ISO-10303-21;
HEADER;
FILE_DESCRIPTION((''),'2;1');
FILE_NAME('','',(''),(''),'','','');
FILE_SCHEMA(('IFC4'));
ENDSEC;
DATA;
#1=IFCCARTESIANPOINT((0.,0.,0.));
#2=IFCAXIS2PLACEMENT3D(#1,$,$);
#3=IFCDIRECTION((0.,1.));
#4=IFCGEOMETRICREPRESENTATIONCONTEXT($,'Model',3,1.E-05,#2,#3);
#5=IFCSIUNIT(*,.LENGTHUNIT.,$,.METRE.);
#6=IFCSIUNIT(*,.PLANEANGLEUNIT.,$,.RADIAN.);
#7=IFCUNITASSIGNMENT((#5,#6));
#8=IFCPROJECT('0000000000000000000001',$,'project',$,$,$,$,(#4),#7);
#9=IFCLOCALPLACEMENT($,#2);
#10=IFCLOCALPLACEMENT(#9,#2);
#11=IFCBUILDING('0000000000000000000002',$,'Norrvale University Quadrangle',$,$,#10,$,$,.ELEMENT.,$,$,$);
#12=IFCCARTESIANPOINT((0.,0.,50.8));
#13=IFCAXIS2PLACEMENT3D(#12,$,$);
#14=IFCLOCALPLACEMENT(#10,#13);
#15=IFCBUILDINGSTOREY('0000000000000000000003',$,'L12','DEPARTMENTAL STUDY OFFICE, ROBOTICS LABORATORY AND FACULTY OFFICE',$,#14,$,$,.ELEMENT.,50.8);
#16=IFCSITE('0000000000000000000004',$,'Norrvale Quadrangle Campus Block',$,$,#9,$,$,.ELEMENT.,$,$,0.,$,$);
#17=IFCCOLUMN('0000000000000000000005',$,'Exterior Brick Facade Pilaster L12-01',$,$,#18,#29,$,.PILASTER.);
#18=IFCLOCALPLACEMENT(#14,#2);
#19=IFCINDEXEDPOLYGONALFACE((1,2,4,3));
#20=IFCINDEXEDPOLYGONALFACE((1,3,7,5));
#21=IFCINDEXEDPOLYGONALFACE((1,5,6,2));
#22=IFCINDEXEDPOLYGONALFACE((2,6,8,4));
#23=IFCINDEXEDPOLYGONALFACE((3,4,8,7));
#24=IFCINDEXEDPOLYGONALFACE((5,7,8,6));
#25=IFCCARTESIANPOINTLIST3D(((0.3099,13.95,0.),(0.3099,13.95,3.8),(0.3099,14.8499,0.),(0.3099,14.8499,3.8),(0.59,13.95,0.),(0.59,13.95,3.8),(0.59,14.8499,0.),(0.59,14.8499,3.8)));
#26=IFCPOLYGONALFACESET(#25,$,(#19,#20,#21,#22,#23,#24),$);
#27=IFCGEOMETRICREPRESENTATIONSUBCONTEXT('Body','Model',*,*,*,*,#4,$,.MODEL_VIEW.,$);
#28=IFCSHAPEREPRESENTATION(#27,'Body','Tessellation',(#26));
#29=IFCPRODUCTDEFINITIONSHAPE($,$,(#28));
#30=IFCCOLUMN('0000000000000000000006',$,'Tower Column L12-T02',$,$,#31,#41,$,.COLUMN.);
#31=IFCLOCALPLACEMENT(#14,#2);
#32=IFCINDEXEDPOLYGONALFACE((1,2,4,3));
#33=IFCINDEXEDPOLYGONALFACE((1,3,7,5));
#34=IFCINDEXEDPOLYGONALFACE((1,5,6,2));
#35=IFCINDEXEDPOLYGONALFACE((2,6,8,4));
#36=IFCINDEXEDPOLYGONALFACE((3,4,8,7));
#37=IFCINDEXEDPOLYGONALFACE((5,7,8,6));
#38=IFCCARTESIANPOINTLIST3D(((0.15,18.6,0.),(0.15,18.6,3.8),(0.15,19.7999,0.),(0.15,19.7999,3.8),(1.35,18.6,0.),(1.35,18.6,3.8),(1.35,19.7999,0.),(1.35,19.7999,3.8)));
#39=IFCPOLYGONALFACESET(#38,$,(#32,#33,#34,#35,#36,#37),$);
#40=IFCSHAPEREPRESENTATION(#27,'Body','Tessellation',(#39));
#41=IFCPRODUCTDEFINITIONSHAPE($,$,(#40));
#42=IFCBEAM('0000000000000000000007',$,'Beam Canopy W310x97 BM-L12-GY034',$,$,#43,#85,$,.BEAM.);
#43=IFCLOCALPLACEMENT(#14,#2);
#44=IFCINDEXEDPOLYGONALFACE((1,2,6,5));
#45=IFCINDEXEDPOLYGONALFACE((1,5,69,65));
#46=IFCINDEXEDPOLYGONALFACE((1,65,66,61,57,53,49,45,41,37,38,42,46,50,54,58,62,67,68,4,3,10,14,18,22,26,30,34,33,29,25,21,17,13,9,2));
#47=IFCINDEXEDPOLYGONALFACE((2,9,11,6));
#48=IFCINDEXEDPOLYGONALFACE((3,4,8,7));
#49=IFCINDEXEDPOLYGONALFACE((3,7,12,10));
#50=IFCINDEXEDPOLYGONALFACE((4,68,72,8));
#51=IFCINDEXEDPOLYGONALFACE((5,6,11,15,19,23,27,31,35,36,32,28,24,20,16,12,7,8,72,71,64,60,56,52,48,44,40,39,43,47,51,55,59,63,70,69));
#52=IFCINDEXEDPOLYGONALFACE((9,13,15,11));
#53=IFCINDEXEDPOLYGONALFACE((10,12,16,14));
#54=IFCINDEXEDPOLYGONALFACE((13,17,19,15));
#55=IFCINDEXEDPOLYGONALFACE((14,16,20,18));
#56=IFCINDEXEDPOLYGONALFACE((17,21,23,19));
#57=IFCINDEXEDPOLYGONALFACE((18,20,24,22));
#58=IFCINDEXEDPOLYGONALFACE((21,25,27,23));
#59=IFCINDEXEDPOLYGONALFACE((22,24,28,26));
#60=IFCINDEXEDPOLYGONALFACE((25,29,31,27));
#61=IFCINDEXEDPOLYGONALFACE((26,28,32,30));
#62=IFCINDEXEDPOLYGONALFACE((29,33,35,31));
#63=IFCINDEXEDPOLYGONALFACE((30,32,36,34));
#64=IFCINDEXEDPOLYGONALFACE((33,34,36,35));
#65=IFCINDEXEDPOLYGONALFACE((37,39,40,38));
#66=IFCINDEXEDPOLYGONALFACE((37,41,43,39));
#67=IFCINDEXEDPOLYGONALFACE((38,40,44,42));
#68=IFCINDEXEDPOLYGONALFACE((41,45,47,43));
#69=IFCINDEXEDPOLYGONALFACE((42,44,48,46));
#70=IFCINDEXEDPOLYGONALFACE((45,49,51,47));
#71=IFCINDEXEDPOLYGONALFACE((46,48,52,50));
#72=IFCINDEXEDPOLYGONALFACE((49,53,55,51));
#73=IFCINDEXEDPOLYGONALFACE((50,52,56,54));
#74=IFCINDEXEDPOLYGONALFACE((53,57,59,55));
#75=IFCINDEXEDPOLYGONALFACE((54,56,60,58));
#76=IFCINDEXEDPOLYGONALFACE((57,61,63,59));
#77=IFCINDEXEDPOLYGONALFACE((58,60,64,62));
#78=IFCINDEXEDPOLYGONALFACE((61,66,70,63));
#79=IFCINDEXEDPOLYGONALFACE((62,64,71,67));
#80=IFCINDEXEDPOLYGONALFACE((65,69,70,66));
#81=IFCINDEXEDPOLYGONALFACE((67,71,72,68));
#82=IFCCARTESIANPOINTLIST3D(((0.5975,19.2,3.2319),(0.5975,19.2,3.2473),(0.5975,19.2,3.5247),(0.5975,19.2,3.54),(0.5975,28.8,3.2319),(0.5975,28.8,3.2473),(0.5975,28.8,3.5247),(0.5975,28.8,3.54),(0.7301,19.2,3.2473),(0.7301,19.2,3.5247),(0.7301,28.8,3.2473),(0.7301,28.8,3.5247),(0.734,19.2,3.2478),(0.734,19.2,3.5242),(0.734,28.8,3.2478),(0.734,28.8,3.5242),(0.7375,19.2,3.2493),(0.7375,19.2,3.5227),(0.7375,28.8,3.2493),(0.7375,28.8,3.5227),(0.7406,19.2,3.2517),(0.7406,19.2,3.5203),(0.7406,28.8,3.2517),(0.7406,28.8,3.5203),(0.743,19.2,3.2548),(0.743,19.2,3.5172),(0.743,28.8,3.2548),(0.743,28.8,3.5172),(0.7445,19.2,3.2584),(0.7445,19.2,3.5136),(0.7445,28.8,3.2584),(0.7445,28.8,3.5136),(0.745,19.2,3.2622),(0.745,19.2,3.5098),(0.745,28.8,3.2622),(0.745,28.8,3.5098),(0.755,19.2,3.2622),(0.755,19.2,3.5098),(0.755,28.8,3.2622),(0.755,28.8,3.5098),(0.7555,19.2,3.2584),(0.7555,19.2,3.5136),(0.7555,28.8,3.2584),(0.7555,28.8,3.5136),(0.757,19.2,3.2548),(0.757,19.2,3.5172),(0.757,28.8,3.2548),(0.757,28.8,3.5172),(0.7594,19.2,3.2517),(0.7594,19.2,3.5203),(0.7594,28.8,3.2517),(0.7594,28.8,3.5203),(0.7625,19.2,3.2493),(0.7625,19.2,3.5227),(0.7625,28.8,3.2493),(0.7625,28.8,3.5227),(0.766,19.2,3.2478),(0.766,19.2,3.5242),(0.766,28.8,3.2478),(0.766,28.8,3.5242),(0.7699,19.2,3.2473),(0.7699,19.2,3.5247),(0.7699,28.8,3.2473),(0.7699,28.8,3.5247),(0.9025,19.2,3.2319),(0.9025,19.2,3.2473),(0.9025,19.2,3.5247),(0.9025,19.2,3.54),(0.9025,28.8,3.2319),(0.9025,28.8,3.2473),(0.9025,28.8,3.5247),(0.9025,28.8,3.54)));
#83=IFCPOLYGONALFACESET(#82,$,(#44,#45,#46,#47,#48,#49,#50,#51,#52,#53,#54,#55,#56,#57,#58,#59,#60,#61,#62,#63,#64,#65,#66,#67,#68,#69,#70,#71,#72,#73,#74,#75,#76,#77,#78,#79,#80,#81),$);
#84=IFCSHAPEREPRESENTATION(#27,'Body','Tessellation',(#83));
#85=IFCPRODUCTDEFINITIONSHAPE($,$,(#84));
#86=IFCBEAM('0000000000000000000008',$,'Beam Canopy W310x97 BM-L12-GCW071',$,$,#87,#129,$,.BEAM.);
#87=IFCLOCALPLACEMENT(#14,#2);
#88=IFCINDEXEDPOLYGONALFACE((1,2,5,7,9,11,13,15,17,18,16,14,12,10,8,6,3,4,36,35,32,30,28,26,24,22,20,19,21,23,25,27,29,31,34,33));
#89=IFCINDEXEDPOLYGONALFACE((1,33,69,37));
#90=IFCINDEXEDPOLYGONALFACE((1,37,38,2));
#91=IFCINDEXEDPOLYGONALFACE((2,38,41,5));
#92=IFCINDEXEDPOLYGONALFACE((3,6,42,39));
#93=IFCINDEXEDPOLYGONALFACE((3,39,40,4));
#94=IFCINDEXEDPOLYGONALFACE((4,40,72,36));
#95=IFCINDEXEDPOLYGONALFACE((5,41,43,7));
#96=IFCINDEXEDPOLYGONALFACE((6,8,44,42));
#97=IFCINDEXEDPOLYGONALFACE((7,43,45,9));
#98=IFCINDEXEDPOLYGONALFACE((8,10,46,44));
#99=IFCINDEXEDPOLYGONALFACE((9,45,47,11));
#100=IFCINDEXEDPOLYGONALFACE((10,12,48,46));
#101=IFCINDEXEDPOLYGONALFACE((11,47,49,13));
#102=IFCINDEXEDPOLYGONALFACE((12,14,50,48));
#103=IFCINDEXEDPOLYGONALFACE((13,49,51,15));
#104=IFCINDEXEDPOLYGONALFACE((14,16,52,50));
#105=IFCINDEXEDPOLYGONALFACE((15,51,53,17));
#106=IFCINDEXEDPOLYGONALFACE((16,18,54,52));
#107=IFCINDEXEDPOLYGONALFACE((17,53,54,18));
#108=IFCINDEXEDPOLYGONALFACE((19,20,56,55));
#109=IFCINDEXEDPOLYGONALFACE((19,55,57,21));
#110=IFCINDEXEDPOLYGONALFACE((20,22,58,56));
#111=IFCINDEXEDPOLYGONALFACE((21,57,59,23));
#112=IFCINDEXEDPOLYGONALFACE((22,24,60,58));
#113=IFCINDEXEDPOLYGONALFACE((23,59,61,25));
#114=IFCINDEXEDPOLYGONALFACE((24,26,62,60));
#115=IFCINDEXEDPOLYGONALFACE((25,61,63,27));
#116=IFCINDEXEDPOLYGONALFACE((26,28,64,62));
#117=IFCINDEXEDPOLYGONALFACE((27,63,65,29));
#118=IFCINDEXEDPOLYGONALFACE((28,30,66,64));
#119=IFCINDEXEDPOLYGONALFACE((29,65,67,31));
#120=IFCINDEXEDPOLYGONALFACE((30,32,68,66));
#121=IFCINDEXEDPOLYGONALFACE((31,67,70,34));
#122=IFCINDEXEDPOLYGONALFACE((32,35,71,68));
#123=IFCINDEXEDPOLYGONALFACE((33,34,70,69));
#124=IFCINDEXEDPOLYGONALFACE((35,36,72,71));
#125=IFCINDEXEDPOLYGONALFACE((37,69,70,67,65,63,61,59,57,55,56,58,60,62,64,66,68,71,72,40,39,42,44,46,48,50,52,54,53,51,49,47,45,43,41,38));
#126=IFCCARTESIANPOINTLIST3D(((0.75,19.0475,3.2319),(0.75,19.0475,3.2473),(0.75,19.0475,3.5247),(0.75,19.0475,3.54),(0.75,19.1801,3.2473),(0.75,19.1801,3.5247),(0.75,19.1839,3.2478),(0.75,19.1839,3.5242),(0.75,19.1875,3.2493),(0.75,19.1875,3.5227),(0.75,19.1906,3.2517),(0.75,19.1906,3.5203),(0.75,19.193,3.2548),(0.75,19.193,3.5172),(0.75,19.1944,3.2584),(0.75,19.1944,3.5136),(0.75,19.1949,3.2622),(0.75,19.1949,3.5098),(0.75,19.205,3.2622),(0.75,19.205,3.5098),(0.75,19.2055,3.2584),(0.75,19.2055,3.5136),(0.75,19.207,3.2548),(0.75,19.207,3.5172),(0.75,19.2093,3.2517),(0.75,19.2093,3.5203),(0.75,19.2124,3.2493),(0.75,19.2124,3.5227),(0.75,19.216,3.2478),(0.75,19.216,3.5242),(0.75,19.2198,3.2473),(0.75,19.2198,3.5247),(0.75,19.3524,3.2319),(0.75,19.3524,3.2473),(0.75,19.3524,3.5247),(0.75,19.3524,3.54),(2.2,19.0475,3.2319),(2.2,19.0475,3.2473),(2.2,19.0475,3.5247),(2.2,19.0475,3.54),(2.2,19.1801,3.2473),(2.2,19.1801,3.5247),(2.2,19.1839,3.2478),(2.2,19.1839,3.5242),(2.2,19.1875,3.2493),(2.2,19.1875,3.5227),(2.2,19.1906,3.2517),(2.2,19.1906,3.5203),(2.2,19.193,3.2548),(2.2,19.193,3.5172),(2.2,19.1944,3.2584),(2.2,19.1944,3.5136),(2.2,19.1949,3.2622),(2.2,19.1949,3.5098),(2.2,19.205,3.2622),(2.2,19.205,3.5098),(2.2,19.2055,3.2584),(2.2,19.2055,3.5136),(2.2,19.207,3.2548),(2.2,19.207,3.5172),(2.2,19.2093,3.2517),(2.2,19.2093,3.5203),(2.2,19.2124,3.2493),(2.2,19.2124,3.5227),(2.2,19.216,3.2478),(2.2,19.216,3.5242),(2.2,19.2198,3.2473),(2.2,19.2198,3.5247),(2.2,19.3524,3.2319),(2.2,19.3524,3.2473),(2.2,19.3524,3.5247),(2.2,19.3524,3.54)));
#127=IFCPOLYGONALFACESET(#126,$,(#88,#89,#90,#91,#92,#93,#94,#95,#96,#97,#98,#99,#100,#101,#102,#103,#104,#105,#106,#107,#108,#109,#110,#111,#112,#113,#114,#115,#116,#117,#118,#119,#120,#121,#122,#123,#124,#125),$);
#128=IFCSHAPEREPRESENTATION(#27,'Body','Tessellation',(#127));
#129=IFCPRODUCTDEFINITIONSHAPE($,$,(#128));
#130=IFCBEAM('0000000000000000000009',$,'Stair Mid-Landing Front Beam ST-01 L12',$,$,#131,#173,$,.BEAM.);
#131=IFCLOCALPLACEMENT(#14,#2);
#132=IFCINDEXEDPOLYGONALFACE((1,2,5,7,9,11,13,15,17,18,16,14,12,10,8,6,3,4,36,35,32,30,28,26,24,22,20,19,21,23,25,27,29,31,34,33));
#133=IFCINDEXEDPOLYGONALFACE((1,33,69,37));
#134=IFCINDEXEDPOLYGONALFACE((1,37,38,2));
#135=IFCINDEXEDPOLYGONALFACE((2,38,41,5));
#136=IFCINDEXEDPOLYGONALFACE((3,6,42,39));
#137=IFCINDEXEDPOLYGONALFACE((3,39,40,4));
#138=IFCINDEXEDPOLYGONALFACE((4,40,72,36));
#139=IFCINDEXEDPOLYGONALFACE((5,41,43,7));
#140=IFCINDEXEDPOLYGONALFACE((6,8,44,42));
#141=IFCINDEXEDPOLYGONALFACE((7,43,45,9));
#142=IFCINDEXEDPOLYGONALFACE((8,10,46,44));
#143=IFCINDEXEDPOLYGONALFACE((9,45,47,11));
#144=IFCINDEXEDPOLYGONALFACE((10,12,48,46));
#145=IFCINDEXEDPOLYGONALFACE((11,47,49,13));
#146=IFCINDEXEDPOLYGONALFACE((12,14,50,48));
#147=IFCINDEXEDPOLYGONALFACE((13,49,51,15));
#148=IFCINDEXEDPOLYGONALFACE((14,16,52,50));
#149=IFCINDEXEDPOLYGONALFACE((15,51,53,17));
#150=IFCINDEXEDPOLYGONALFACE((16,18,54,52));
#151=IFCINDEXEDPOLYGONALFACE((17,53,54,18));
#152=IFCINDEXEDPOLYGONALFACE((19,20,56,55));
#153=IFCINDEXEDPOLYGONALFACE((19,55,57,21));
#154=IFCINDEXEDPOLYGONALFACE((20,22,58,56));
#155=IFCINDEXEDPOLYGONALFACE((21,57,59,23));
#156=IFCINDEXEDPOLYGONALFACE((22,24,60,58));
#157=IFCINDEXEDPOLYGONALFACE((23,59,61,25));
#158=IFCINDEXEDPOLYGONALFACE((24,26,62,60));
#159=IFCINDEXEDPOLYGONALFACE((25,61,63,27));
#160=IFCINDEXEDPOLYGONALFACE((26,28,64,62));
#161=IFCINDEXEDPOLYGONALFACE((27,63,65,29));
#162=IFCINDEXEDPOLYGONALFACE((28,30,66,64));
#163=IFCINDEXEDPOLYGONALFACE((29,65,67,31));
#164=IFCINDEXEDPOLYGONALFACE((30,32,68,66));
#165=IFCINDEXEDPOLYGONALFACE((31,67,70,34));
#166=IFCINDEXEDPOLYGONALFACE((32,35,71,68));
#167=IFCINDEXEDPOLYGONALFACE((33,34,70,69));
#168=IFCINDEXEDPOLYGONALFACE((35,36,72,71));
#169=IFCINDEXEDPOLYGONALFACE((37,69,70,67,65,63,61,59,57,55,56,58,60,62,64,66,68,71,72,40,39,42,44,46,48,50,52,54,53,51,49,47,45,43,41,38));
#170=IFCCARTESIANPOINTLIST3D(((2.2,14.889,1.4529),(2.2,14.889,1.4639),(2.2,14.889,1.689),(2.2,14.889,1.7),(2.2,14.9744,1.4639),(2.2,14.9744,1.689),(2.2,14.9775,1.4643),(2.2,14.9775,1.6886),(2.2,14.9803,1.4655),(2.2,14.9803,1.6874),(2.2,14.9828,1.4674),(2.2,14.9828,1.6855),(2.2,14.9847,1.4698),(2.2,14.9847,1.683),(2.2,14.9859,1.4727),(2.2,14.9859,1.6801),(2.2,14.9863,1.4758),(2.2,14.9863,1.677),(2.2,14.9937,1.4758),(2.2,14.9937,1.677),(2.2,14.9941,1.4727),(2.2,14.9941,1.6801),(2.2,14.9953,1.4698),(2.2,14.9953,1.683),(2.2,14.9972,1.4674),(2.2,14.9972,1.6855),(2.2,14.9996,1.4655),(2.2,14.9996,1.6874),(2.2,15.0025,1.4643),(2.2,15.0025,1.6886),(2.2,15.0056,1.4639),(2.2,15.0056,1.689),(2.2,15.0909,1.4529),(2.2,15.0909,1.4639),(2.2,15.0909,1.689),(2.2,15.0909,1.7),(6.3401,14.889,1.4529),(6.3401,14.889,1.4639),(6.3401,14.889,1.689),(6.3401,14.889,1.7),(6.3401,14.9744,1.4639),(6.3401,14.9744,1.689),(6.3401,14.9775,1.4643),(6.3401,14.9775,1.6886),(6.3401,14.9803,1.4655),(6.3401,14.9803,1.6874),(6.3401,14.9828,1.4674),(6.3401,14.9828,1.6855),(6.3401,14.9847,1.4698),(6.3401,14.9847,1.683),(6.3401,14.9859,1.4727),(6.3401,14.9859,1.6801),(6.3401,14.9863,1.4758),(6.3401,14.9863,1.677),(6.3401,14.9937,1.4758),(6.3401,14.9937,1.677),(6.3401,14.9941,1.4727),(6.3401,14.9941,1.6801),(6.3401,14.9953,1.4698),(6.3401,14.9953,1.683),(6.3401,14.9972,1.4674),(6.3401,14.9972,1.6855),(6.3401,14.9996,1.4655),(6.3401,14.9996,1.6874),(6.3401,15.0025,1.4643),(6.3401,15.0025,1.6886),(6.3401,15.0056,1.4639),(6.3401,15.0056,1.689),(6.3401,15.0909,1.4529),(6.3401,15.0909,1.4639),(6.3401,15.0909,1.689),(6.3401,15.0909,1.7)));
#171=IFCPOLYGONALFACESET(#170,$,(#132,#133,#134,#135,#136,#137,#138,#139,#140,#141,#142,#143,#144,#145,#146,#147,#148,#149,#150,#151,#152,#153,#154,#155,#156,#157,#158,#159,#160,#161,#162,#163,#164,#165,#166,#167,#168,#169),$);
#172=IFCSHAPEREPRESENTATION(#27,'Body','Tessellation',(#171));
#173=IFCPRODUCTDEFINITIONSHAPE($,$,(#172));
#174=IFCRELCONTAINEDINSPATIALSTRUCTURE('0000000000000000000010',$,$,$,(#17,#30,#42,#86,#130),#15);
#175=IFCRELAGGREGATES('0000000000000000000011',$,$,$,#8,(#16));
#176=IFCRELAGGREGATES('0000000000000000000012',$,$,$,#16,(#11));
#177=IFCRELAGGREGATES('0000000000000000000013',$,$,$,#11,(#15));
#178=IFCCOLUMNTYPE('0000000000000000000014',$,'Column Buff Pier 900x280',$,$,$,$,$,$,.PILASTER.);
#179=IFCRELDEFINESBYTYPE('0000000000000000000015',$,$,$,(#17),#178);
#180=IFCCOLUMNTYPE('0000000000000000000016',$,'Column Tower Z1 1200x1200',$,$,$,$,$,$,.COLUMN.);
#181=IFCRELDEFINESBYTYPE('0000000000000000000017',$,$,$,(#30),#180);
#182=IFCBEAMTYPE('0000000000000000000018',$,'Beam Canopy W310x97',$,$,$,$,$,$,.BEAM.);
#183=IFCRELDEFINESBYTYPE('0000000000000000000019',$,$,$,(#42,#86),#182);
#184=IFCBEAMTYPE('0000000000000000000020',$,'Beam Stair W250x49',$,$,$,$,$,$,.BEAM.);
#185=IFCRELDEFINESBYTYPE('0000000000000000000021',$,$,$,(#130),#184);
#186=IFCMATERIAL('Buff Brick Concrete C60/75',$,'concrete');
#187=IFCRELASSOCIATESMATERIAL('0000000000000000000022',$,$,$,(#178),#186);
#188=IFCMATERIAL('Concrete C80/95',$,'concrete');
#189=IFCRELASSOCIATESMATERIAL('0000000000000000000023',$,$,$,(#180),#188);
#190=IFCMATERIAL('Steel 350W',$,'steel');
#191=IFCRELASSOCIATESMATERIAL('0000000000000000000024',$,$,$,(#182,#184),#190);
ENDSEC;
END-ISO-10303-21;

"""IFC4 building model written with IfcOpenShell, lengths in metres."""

from ifc_helpers import new_model, si_unit, direction, frame, origin, origin_2d, place, context, subcontext, project, spatial, rectangle, i_section, extrude, material, material_profile, profile_set, type_object, element, save


model = new_model("IFC4")

# Units and contexts
model_context = context("Model", 3, precision=1e-05, world=origin(), true_north=direction((0.0, 1.0)))
body_context = subcontext(model_context, "Body", "Model", "MODEL_VIEW")
ifc_project = project(units=[si_unit("LENGTHUNIT", "METRE"), si_unit("PLANEANGLEUNIT", "RADIAN")], contexts=[model_context])

# Site, building, storey
site_placement = place(None, origin())
site = spatial("IfcSite", under=ifc_project, at=site_placement, Name="Norrvale Quadrangle Campus Block", CompositionType="ELEMENT", RefElevation=0.0)
building_placement = place(site_placement, origin())
building = spatial("IfcBuilding", under=site, at=building_placement, Name="Norrvale University Quadrangle", CompositionType="ELEMENT")
storey_placement = place(building_placement, frame((0.0, 0.0, 50.8)))
storey = spatial("IfcBuildingStorey", under=building, at=storey_placement, Name="L12", Description="DEPARTMENTAL STUDY OFFICE, ROBOTICS LABORATORY AND FACULTY OFFICE", CompositionType="ELEMENT", Elevation=50.8)

# Columns
ifc_material_1 = material(Name="Buff Brick Concrete C60/75", Category="concrete")
ifc_material_profile_1 = material_profile(ifc_material_1, rectangle(XDim=0.8999, YDim=0.28, at=origin_2d()), Name="Buff Brick Concrete C60/75")
ifc_profile_set_1 = profile_set([ifc_material_profile_1], Name="Buff Brick Concrete C60/75")
column_type_1 = type_object("IfcColumnType", Name="Column Buff Pier 900x280", PredefinedType="PILASTER", material=ifc_profile_set_1)
column_1_placement = place(storey_placement, frame((0.45, 14.3999, 0.0), z_axis=(0.0, 0.0, 1.0), x_axis=(0.0, 1.0, 0.0)))
element("IfcColumn", 1, at=column_1_placement, inside=storey, type_object=column_type_1, Name="Exterior Brick Facade Pilaster L12-01", PredefinedType="PILASTER", context=body_context, shape_type="SweptSolid", body=[
    extrude(rectangle(XDim=0.8999, YDim=0.28, at=origin_2d()), origin(), (0.0, 0.0, 1.0), 3.8),
])
ifc_material_2 = material(Name="Concrete C80/95", Category="concrete")
ifc_material_profile_2 = material_profile(ifc_material_2, rectangle(XDim=1.2, YDim=1.2, at=origin_2d()), Name="Concrete C80/95")
ifc_profile_set_2 = profile_set([ifc_material_profile_2], Name="Concrete C80/95")
column_type_2 = type_object("IfcColumnType", Name="Column Tower Z1 1200x1200", PredefinedType="COLUMN", material=ifc_profile_set_2)
column_2_placement = place(storey_placement, frame((0.75, 19.2, 0.0), z_axis=(0.0, 0.0, 1.0), x_axis=(1.0, 0.0, 0.0)))
element("IfcColumn", 2, at=column_2_placement, inside=storey, type_object=column_type_2, Name="Tower Column L12-T02", PredefinedType="COLUMN", context=body_context, shape_type="SweptSolid", body=[
    extrude(rectangle(XDim=1.2, YDim=1.2, at=origin_2d()), origin(), (0.0, 0.0, 1.0), 3.8),
])

# Beams
ifc_material_3 = material(Name="Steel 350W", Category="steel")
ifc_material_profile_3 = material_profile(ifc_material_3, i_section(OverallWidth=0.3049, OverallDepth=0.3081, WebThickness=0.01, FlangeThickness=0.0154, FilletRadius=0.0149, at=origin_2d()), Name="Steel 350W")
ifc_profile_set_3 = profile_set([ifc_material_profile_3], Name="Steel 350W")
beam_type_1 = type_object("IfcBeamType", Name="Beam Canopy W310x97", PredefinedType="BEAM", material=ifc_profile_set_3)
beam_1_placement = place(storey_placement, frame((0.75, 19.2, 3.386), z_axis=(0.0, 1.0, 0.0), x_axis=(-1.0, 0.0, 0.0)))
element("IfcBeam", 3, at=beam_1_placement, inside=storey, type_object=beam_type_1, Name="Beam Canopy W310x97 BM-L12-GY034", PredefinedType="BEAM", context=body_context, shape_type="SweptSolid", body=[
    extrude(i_section(OverallWidth=0.3049, OverallDepth=0.3081, WebThickness=0.01, FlangeThickness=0.0154, FilletRadius=0.0149, at=origin_2d()), origin(), (0.0, 0.0, 1.0), 9.6001),
])
beam_2_placement = place(storey_placement, frame((0.75, 19.2, 3.386), z_axis=(1.0, 0.0, 0.0), x_axis=(0.0, 1.0, 0.0)))
element("IfcBeam", 4, at=beam_2_placement, inside=storey, type_object=beam_type_1, Name="Beam Canopy W310x97 BM-L12-GCW071", PredefinedType="BEAM", context=body_context, shape_type="SweptSolid", body=[
    extrude(i_section(OverallWidth=0.3049, OverallDepth=0.3081, WebThickness=0.01, FlangeThickness=0.0154, FilletRadius=0.0149, at=origin_2d()), origin(), (0.0, 0.0, 1.0), 1.45),
])
ifc_material_profile_4 = material_profile(ifc_material_3, i_section(OverallWidth=0.2019, OverallDepth=0.2471, WebThickness=0.0073, FlangeThickness=0.011, FilletRadius=0.012, at=origin_2d()), Name="Steel 350W")
ifc_profile_set_4 = profile_set([ifc_material_profile_4], Name="Steel 350W")
beam_type_2 = type_object("IfcBeamType", Name="Beam Stair W250x49", PredefinedType="BEAM", material=ifc_profile_set_4)
for number, where, z_axis, x_axis, name in (
    (5, (2.2, 14.99, 1.5764), (1.0, 0.0, 0.0), (0.0, 1.0, 0.0), "Stair Mid-Landing Front Beam ST-01 L12"),
):
    element("IfcBeam", number, at=place(storey_placement, frame(where, z_axis=z_axis, x_axis=x_axis)), inside=storey, type_object=beam_type_2, Name=name, PredefinedType="BEAM", context=body_context, shape_type="SweptSolid", body=[
        extrude(i_section(OverallWidth=0.2019, OverallDepth=0.2471, WebThickness=0.0073, FlangeThickness=0.011, FilletRadius=0.012, at=origin_2d()), origin(), (0.0, 0.0, 1.0), 4.1401),
    ])

save(model, "model.ifc")
